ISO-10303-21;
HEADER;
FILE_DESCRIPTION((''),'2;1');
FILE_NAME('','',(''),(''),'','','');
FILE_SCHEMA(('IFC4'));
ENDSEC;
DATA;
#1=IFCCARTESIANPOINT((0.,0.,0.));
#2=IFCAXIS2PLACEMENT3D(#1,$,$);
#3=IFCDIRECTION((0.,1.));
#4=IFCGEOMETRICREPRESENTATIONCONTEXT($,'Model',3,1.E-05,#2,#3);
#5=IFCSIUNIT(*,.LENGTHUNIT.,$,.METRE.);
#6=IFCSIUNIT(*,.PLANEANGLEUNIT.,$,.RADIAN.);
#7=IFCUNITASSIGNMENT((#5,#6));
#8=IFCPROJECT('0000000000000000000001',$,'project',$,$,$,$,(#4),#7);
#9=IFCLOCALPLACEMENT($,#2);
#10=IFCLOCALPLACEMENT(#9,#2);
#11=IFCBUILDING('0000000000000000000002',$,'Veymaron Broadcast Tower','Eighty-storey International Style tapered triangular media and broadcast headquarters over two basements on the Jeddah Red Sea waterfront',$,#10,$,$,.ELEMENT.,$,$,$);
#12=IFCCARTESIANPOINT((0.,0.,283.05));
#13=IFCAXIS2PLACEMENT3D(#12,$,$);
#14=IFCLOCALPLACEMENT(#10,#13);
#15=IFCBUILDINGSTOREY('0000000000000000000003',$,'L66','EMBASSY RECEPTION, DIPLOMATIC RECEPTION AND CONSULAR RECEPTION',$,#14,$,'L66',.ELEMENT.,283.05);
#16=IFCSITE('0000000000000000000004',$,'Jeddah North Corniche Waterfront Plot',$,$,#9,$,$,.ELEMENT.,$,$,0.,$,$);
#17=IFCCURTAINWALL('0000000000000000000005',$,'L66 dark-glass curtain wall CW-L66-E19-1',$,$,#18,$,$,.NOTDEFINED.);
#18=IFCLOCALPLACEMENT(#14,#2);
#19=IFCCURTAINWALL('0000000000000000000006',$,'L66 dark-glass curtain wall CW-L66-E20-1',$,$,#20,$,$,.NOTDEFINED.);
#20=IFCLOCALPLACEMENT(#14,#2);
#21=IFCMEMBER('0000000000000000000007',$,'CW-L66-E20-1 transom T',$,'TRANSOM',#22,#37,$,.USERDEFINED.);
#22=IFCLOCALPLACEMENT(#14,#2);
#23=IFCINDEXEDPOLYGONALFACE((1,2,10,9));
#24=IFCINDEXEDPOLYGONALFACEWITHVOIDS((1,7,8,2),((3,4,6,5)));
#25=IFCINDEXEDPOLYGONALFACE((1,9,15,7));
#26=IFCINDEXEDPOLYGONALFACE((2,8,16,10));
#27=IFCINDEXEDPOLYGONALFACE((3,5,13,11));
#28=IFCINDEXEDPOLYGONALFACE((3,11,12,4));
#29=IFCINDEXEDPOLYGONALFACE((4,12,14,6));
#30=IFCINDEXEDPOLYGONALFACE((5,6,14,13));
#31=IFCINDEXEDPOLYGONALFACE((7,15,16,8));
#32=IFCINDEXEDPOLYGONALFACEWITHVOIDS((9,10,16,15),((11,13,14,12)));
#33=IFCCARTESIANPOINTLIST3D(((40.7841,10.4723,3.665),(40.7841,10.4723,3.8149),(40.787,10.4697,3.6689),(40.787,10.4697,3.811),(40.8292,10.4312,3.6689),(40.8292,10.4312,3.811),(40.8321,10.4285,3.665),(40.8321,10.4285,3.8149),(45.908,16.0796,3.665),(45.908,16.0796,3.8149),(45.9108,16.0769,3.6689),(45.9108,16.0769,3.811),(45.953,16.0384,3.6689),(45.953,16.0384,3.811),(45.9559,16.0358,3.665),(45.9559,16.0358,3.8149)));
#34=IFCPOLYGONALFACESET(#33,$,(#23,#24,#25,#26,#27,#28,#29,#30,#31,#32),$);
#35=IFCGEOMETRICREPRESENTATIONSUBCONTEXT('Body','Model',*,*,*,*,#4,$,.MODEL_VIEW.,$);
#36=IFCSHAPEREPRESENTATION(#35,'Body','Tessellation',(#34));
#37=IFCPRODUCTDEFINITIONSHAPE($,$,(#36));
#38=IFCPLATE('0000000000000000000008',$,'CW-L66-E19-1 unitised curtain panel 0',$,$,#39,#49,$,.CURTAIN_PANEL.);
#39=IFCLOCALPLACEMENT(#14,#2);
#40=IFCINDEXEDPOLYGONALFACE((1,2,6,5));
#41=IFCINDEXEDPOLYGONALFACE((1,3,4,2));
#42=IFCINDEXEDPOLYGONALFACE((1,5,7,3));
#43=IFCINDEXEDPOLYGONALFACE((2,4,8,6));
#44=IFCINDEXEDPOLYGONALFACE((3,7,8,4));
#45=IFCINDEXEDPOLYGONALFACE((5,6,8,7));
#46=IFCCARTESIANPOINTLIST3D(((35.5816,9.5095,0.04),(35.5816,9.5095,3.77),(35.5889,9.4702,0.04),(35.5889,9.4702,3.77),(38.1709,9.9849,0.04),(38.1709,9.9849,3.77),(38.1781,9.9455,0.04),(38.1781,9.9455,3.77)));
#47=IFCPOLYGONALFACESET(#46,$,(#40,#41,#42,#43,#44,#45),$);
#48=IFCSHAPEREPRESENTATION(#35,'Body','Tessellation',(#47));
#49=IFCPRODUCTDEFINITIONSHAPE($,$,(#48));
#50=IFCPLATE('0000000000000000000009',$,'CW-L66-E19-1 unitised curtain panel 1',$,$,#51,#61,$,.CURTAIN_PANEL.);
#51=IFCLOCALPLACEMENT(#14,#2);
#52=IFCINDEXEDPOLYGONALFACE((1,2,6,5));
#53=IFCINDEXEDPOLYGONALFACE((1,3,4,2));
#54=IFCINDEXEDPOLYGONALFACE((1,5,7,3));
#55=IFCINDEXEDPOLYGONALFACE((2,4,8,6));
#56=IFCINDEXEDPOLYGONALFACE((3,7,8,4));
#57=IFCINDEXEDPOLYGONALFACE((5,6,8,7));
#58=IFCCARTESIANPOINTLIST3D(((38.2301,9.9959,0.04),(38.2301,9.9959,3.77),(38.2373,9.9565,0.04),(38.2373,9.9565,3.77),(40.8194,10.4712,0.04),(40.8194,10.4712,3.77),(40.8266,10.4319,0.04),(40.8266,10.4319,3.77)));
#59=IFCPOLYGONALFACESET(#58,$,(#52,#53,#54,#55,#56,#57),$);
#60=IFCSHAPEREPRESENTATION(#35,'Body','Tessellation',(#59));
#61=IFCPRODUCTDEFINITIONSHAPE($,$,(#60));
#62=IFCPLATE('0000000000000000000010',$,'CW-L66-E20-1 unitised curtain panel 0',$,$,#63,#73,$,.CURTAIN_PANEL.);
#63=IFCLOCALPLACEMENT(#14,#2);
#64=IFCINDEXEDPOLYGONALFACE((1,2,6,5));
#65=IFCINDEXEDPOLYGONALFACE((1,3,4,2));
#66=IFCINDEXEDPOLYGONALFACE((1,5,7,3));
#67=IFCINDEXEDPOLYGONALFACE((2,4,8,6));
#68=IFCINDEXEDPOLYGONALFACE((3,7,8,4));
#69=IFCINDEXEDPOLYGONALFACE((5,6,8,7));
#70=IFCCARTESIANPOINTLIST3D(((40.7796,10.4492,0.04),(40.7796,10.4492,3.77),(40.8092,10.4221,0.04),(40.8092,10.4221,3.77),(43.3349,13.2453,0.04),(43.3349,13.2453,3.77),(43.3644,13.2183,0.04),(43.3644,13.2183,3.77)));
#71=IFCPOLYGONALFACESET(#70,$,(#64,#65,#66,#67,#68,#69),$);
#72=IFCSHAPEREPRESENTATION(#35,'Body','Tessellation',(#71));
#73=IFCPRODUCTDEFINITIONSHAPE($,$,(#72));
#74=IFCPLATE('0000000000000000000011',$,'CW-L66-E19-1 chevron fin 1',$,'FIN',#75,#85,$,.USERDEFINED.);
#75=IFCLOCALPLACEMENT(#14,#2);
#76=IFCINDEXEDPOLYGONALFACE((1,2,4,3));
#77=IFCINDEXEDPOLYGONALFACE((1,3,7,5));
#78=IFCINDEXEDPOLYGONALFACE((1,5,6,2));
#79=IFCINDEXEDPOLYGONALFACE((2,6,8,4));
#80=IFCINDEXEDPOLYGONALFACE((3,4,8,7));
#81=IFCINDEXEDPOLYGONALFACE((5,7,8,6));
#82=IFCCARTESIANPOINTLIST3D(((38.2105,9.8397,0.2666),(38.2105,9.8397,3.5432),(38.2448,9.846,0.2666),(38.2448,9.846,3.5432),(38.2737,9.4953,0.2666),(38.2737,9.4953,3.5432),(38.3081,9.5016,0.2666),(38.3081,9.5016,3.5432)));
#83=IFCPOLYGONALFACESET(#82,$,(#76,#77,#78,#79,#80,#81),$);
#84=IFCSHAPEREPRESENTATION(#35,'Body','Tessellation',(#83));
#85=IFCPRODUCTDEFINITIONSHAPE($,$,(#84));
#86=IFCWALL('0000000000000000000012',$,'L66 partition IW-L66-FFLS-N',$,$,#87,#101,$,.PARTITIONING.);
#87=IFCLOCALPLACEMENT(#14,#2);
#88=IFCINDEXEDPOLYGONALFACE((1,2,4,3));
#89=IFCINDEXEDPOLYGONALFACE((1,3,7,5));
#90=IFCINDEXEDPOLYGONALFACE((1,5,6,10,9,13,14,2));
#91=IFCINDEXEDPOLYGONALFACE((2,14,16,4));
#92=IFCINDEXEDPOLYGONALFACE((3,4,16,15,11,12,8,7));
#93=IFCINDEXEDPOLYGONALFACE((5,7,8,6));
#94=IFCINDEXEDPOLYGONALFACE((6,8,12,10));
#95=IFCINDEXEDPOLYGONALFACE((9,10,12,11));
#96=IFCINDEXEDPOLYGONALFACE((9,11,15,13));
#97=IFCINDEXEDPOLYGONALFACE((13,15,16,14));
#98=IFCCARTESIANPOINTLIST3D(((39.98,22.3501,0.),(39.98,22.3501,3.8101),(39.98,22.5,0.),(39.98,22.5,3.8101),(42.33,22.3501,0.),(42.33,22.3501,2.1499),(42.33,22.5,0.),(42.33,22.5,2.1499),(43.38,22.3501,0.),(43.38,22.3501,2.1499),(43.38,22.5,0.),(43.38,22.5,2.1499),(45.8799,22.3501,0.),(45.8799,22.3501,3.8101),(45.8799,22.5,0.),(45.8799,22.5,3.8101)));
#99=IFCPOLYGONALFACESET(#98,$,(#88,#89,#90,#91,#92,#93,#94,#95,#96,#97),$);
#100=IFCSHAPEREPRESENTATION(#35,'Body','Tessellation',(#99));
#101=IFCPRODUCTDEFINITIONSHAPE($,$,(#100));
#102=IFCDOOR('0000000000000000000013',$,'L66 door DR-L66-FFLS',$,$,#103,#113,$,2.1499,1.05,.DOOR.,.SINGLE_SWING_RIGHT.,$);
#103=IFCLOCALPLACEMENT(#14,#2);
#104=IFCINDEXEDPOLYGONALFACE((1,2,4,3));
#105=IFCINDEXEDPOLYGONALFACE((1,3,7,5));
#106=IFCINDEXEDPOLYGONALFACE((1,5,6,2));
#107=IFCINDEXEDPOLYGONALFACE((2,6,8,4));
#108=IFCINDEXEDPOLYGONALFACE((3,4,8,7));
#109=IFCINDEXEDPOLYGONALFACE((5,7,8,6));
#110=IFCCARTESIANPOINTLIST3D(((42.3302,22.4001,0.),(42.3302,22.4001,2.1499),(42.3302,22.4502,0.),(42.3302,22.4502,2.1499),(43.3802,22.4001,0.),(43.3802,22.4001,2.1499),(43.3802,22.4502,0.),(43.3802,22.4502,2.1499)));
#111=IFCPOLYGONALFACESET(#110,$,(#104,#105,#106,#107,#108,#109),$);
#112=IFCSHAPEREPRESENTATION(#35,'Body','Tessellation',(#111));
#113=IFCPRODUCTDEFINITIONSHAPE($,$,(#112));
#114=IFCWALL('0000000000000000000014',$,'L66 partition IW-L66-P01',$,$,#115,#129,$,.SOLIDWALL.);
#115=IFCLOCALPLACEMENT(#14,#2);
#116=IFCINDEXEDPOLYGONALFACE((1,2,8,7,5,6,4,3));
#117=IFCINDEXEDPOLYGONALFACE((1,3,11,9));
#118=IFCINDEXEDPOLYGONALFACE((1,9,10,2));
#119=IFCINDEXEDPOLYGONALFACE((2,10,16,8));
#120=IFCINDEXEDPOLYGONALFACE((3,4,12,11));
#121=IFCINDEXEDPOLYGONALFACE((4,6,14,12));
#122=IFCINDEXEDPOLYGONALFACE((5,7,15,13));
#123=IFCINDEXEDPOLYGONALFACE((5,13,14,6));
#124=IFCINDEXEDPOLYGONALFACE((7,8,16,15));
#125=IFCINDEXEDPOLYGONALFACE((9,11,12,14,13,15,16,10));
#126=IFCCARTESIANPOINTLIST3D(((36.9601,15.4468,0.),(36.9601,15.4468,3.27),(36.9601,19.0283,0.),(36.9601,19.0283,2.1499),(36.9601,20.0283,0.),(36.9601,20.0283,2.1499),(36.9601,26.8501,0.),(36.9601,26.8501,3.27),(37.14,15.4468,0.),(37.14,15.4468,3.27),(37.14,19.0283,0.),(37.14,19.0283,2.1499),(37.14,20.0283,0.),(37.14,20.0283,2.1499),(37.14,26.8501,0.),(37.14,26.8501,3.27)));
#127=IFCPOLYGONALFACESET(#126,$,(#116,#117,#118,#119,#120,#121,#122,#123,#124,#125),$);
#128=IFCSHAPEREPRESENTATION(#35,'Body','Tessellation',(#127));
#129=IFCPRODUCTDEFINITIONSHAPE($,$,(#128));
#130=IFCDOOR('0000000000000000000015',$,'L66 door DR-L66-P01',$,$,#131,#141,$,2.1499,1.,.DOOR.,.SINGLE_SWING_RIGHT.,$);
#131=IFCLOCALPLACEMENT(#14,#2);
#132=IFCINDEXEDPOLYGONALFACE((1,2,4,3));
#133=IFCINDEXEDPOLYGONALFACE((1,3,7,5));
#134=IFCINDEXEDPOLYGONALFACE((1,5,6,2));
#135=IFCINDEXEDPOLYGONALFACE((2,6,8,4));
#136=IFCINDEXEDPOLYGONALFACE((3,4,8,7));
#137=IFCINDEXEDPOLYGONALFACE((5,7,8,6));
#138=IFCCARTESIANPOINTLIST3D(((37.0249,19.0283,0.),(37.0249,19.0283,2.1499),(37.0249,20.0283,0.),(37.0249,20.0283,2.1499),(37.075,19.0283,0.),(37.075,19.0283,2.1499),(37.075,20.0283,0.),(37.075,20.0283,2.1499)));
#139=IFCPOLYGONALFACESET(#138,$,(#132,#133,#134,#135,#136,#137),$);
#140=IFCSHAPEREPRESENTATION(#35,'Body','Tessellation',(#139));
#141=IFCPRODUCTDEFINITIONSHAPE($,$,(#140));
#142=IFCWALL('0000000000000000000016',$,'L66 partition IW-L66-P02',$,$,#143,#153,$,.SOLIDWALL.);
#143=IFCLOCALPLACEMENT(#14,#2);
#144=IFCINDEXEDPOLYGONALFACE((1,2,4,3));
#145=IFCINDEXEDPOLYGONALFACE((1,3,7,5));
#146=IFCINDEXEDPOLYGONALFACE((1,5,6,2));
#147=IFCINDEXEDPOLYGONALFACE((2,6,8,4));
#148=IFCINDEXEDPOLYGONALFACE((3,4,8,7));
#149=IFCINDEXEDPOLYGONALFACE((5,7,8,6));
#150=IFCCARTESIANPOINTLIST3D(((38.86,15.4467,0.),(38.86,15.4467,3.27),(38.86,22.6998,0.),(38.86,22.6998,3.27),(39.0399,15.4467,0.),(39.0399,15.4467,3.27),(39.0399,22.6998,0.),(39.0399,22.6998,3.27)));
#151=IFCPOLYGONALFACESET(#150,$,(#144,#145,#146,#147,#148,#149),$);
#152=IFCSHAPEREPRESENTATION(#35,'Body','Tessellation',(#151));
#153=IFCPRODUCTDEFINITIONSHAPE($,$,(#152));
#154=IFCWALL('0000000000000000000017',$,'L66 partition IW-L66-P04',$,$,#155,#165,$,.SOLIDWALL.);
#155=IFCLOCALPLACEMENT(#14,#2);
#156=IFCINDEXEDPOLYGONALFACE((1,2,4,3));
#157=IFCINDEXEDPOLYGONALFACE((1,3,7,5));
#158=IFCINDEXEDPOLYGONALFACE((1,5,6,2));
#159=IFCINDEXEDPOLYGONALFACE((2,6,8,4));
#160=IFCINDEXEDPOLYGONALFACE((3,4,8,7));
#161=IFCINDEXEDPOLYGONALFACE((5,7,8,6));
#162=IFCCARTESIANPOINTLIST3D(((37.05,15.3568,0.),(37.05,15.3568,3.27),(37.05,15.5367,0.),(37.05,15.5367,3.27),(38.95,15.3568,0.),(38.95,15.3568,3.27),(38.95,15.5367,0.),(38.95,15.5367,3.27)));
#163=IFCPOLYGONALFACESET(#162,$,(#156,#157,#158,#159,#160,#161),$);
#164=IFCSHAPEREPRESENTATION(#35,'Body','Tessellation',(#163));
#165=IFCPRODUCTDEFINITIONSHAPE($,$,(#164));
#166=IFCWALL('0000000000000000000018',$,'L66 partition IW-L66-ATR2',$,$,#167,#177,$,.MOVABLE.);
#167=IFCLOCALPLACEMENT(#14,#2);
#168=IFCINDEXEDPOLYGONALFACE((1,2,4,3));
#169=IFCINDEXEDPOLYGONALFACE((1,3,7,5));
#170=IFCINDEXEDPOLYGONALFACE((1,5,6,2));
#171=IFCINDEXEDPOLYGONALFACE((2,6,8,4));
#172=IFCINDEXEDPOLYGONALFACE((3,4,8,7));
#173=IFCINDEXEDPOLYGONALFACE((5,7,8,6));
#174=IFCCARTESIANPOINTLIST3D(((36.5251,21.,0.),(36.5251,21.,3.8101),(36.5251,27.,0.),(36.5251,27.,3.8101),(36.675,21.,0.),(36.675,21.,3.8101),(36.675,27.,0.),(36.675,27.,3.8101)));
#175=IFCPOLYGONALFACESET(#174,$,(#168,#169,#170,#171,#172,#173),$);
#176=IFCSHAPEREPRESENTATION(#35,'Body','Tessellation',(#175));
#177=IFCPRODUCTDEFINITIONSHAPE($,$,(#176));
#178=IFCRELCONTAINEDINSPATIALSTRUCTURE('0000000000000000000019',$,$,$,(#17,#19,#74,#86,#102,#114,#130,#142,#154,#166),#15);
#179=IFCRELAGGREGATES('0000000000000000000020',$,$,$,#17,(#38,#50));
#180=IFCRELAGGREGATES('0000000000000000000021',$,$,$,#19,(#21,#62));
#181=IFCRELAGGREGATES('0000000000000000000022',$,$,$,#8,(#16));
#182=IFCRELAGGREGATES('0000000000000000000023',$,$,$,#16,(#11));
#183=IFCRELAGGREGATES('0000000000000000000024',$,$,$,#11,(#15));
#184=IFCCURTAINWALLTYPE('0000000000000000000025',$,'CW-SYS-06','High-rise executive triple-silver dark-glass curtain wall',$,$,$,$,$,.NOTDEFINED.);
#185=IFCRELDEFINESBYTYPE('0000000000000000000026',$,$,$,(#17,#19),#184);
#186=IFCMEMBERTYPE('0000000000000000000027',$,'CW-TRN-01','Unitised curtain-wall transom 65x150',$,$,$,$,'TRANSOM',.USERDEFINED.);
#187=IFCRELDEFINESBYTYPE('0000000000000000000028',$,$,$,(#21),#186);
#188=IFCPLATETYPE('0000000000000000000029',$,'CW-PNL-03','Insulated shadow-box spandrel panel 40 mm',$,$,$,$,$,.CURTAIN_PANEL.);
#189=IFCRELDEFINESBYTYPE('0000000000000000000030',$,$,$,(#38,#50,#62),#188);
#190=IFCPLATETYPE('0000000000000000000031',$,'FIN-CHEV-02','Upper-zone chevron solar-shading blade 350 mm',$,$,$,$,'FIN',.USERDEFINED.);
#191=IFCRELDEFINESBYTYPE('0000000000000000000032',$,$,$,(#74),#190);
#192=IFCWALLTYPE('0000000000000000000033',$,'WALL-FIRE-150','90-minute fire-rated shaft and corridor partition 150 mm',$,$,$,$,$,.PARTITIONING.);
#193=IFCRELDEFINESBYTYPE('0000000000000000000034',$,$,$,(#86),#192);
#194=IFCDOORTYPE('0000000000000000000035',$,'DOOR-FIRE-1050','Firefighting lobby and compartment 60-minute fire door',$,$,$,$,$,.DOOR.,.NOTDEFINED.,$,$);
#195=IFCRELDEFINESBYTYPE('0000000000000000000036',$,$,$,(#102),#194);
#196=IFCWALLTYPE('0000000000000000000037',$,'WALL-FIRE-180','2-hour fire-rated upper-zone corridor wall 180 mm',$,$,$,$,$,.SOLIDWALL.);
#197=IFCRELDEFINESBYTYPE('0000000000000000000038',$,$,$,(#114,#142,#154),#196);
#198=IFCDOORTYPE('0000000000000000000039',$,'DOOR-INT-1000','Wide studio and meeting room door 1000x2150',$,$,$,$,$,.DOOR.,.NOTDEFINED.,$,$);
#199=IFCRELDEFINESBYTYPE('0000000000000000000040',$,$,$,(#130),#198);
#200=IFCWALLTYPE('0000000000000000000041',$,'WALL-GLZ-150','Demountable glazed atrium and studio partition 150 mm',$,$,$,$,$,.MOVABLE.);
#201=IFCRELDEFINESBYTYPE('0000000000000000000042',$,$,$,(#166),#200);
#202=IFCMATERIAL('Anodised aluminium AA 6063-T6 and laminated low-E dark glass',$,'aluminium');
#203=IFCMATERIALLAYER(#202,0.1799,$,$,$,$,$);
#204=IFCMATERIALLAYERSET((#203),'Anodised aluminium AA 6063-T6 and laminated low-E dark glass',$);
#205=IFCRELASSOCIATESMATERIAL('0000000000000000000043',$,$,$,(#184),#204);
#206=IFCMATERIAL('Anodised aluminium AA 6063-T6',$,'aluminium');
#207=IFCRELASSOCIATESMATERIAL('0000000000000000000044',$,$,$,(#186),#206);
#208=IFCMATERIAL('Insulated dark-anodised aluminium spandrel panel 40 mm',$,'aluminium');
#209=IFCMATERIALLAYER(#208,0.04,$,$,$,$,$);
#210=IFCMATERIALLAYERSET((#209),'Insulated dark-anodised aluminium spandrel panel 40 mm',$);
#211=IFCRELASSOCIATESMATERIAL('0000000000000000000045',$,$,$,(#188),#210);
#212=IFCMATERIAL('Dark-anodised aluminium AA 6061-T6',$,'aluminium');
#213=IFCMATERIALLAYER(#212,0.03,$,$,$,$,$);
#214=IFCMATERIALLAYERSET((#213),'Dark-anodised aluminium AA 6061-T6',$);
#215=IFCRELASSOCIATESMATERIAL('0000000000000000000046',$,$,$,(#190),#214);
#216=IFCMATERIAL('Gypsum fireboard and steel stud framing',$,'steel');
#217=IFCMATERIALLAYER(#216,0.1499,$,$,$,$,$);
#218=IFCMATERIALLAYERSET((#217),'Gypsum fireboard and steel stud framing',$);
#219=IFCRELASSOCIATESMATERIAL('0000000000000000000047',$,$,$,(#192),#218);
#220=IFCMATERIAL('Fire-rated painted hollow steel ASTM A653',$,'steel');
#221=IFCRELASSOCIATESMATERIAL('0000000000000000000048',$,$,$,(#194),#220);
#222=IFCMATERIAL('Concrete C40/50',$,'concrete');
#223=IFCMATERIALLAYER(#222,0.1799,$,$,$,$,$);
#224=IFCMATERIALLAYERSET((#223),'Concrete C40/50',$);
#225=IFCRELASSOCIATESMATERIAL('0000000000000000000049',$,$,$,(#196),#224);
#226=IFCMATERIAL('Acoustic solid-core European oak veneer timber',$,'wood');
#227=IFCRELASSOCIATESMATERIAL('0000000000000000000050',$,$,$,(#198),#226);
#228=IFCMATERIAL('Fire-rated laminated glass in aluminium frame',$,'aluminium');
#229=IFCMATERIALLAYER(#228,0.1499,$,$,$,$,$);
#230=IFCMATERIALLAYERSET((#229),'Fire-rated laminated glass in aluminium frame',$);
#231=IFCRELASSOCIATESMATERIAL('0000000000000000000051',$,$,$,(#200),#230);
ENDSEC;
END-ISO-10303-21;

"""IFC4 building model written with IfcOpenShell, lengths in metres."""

from ifc_helpers import new_model, si_unit, direction, frame, frame_2d, origin, origin_2d, place, context, subcontext, project, spatial, rectangle, hollow_rectangle, extrude, material, layer, layer_set, material_profile, profile_set, type_object, element, fill, aggregate, save


model = new_model("IFC4")

# Units and contexts
model_context = context("Model", 3, precision=1e-05, world=origin(), true_north=direction((0.0, 1.0)))
body_context = subcontext(model_context, "Body", "Model", "MODEL_VIEW")
ifc_project = project(units=[si_unit("LENGTHUNIT", "METRE"), si_unit("PLANEANGLEUNIT", "RADIAN")], contexts=[model_context])

# Site, building, storey
site_placement = place(None, origin())
site = spatial("IfcSite", under=ifc_project, at=site_placement, Name="Jeddah North Corniche Waterfront Plot", CompositionType="ELEMENT", RefElevation=0.0)
building_placement = place(site_placement, origin())
building = spatial("IfcBuilding", under=site, at=building_placement, Name="Veymaron Broadcast Tower", Description="Eighty-storey International Style tapered triangular media and broadcast headquarters over two basements on the Jeddah Red Sea waterfront", CompositionType="ELEMENT")
storey_placement = place(building_placement, frame((0.0, 0.0, 283.05)))
storey = spatial("IfcBuildingStorey", under=building, at=storey_placement, Name="L66", Description="EMBASSY RECEPTION, DIPLOMATIC RECEPTION AND CONSULAR RECEPTION", LongName="L66", CompositionType="ELEMENT", Elevation=283.05)

# Curtain walls, member
ifc_material_1 = material(Name="Anodised aluminium AA 6063-T6 and laminated low-E dark glass", Category="aluminium")
ifc_layer_1 = layer(ifc_material_1, 0.1799)
ifc_layer_set_1 = layer_set([ifc_layer_1], Name="Anodised aluminium AA 6063-T6 and laminated low-E dark glass")
curtain_wall_type = type_object("IfcCurtainWallType", Name="CW-SYS-06", Description="High-rise executive triple-silver dark-glass curtain wall", PredefinedType="NOTDEFINED", material=ifc_layer_set_1)
curtain_wall_1_placement = place(storey_placement, origin())
curtain_wall_1 = element("IfcCurtainWall", 1, at=curtain_wall_1_placement, inside=storey, type_object=curtain_wall_type, Name="L66 dark-glass curtain wall CW-L66-E19-1", PredefinedType="NOTDEFINED")
ifc_material_2 = material(Name="Anodised aluminium AA 6063-T6", Category="aluminium")
curtain_wall_2_placement = place(storey_placement, origin())
curtain_wall_2 = element("IfcCurtainWall", 2, at=curtain_wall_2_placement, inside=storey, type_object=curtain_wall_type, Name="L66 dark-glass curtain wall CW-L66-E20-1", PredefinedType="NOTDEFINED")
ifc_material_profile_1 = material_profile(ifc_material_2, hollow_rectangle(XDim=0.0649, YDim=0.1499, WallThickness=0.0039, at=origin_2d()), Name="AL150X65X4")
ifc_profile_set_1 = profile_set([ifc_material_profile_1], Name="Anodised aluminium AA 6063-T6")
member_type_1 = type_object("IfcMemberType", Name="CW-TRN-01", Description="Unitised curtain-wall transom 65x150", ElementType="TRANSOM", PredefinedType="USERDEFINED", material=ifc_profile_set_1)
member_1_placement = place(storey_placement, frame((40.8081, 10.4504, 3.74), z_axis=(0.67457, 0.738211, 0.0), x_axis=(-0.738211, 0.67457, 0.0)))
member_1 = element("IfcMember", 3, at=member_1_placement, type_object=member_type_1, Name="CW-L66-E20-1 transom T", ObjectType="TRANSOM", PredefinedType="USERDEFINED", context=body_context, shape_type="SweptSolid", body=[
    extrude(hollow_rectangle(XDim=0.0649, YDim=0.1499, WallThickness=0.0039, at=origin_2d()), origin(), (0.0, 0.0, 1.0), 7.5957),
])

# Plates
ifc_material_3 = material(Name="Insulated dark-anodised aluminium spandrel panel 40 mm", Category="aluminium")
ifc_layer_2 = layer(ifc_material_3, 0.04)
ifc_layer_set_2 = layer_set([ifc_layer_2], Name="Insulated dark-anodised aluminium spandrel panel 40 mm")
plate_type_1 = type_object("IfcPlateType", Name="CW-PNL-03", Description="Insulated shadow-box spandrel panel 40 mm", PredefinedType="CURTAIN_PANEL", material=ifc_layer_set_2)
plate_1_placement = place(storey_placement, frame((36.8799, 9.7275, 0.04), z_axis=(0.0, 0.0, 1.0), x_axis=(0.983562, 0.180571, 0.0)))
plate_1 = element("IfcPlate", 4, at=plate_1_placement, type_object=plate_type_1, Name="CW-L66-E19-1 unitised curtain panel 0", PredefinedType="CURTAIN_PANEL", context=body_context, shape_type="SweptSolid", body=[
    extrude(rectangle(XDim=2.6326, YDim=0.04, at=origin_2d()), origin(), (0.0, 0.0, 1.0), 3.73),
])
plate_2_placement = place(storey_placement, frame((39.5283, 10.2139, 0.04), z_axis=(0.0, 0.0, 1.0), x_axis=(0.983562, 0.180571, 0.0)))
plate_2 = element("IfcPlate", 5, at=plate_2_placement, type_object=plate_type_1, Name="CW-L66-E19-1 unitised curtain panel 1", PredefinedType="CURTAIN_PANEL", context=body_context, shape_type="SweptSolid", body=[
    extrude(rectangle(XDim=2.6326, YDim=0.04, at=origin_2d()), origin(), (0.0, 0.0, 1.0), 3.73),
])
aggregate(curtain_wall_1, [plate_1, plate_2])
plate_3_placement = place(storey_placement, frame((42.072, 11.8337, 0.04), z_axis=(0.0, 0.0, 1.0), x_axis=(0.674586, 0.738196, 0.0)))
plate_3 = element("IfcPlate", 6, at=plate_3_placement, type_object=plate_type_1, Name="CW-L66-E20-1 unitised curtain panel 0", PredefinedType="CURTAIN_PANEL", context=body_context, shape_type="SweptSolid", body=[
    extrude(rectangle(XDim=3.7878, YDim=0.04, at=origin_2d()), origin(), (0.0, 0.0, 1.0), 3.73),
])
aggregate(curtain_wall_2, [member_1, plate_3])
ifc_material_4 = material(Name="Dark-anodised aluminium AA 6061-T6", Category="aluminium")
ifc_layer_3 = layer(ifc_material_4, 0.03)
ifc_layer_set_3 = layer_set([ifc_layer_3], Name="Dark-anodised aluminium AA 6061-T6")
plate_type_2 = type_object("IfcPlateType", Name="FIN-CHEV-02", Description="Upper-zone chevron solar-shading blade 350 mm", ElementType="FIN", PredefinedType="USERDEFINED", material=ifc_layer_set_3)
plate_4_placement = place(storey_placement, frame((38.2593, 9.6707, 0.2666), z_axis=(0.0, 0.0, 1.0), x_axis=(0.180571, -0.983562, 0.0)))
element("IfcPlate", 7, at=plate_4_placement, inside=storey, type_object=plate_type_2, Name="CW-L66-E19-1 chevron fin 1", ObjectType="FIN", PredefinedType="USERDEFINED", context=body_context, shape_type="SweptSolid", body=[
    extrude(rectangle(XDim=0.3501, YDim=0.0349, at=origin_2d()), origin(), (0.0, 0.0, 1.0), 3.2766),
])

# Walls, openings, doors
ifc_material_5 = material(Name="Gypsum fireboard and steel stud framing", Category="steel")
ifc_layer_4 = layer(ifc_material_5, 0.1499)
ifc_layer_set_4 = layer_set([ifc_layer_4], Name="Gypsum fireboard and steel stud framing")
wall_type_1 = type_object("IfcWallType", Name="WALL-FIRE-150", Description="90-minute fire-rated shaft and corridor partition 150 mm", PredefinedType="PARTITIONING", material=ifc_layer_set_4)
wall_1_placement = place(storey_placement, frame((39.98, 22.425, 0.0), z_axis=(0.0, 0.0, 1.0), x_axis=(1.0, 0.0, 0.0)))
wall_1 = element("IfcWall", 8, at=wall_1_placement, inside=storey, type_object=wall_type_1, Name="L66 partition IW-L66-FFLS-N", PredefinedType="PARTITIONING", context=body_context, shape_type="SweptSolid", body=[
    extrude(rectangle(XDim=5.8999, YDim=0.1499, at=frame_2d((2.95, 0.0))), origin(), (0.0, 0.0, 1.0), 3.8101),
])
opening_1_placement = place(wall_1_placement, frame((2.3501, 0.0, 0.0)))
opening_1 = element("IfcOpeningElement", 9, at=opening_1_placement, cuts=wall_1, PredefinedType="OPENING", context=body_context, shape_type="SweptSolid", body=[
    extrude(rectangle(XDim=1.05, YDim=2.1499, at=frame_2d((0.5249, 1.075))), frame((0.0, 0.085, 0.0), z_axis=(0.0, -1.0, 0.0), x_axis=(1.0, 0.0, 0.0)), (0.0, 0.0, 1.0), 0.1699),
])
ifc_material_6 = material(Name="Fire-rated painted hollow steel ASTM A653", Category="steel")
door_type_1 = type_object("IfcDoorType", Name="DOOR-FIRE-1050", Description="Firefighting lobby and compartment 60-minute fire door", OperationType="NOTDEFINED", PredefinedType="DOOR", material=ifc_material_6)
door_1_placement = place(opening_1_placement, frame((1.05, 0.0, 0.0), z_axis=(0.0, 0.0, 1.0), x_axis=(-1.0, 0.0, 0.0)))
door_1 = element("IfcDoor", 10, at=door_1_placement, inside=storey, type_object=door_type_1, Name="L66 door DR-L66-FFLS", OperationType="SINGLE_SWING_RIGHT", OverallHeight=2.1499, OverallWidth=1.05, PredefinedType="DOOR", context=body_context, shape_type="SweptSolid", body=[
    extrude(rectangle(XDim=1.05, YDim=2.1499, at=frame_2d((0.5249, 1.075))), frame((0.0, 0.0249, 0.0), z_axis=(0.0, -1.0, 0.0), x_axis=(1.0, 0.0, 0.0)), (0.0, 0.0, 1.0), 0.05),
])
fill(opening_1, door_1)
ifc_material_7 = material(Name="Concrete C40/50", Category="concrete")
ifc_layer_5 = layer(ifc_material_7, 0.1799)
ifc_layer_set_5 = layer_set([ifc_layer_5], Name="Concrete C40/50")
wall_type_2 = type_object("IfcWallType", Name="WALL-FIRE-180", Description="2-hour fire-rated upper-zone corridor wall 180 mm", PredefinedType="SOLIDWALL", material=ifc_layer_set_5)
wall_2_placement = place(storey_placement, frame((37.05, 15.4468, 0.0), z_axis=(0.0, 0.0, 1.0), x_axis=(0.0, 1.0, 0.0)))
wall_2 = element("IfcWall", 11, at=wall_2_placement, inside=storey, type_object=wall_type_2, Name="L66 partition IW-L66-P01", PredefinedType="SOLIDWALL", context=body_context, shape_type="SweptSolid", body=[
    extrude(rectangle(XDim=11.4033, YDim=0.1799, at=frame_2d((5.7017, 0.0))), origin(), (0.0, 0.0, 1.0), 3.27),
])
opening_2_placement = place(wall_2_placement, frame((3.5815, 0.0, 0.0)))
opening_2 = element("IfcOpeningElement", 12, at=opening_2_placement, cuts=wall_2, PredefinedType="OPENING", context=body_context, shape_type="SweptSolid", body=[
    extrude(rectangle(XDim=1.0, YDim=2.1499, at=frame_2d((0.5, 1.075))), frame((0.0, 0.1001, 0.0), z_axis=(0.0, -1.0, 0.0), x_axis=(1.0, 0.0, 0.0)), (0.0, 0.0, 1.0), 0.2),
])
ifc_material_8 = material(Name="Acoustic solid-core European oak veneer timber", Category="wood")
door_type_2 = type_object("IfcDoorType", Name="DOOR-INT-1000", Description="Wide studio and meeting room door 1000x2150", OperationType="NOTDEFINED", PredefinedType="DOOR", material=ifc_material_8)
door_2_placement = place(opening_2_placement, frame((1.0, 0.0, 0.0), z_axis=(0.0, 0.0, 1.0), x_axis=(-1.0, 0.0, 0.0)))
door_2 = element("IfcDoor", 13, at=door_2_placement, inside=storey, type_object=door_type_2, Name="L66 door DR-L66-P01", OperationType="SINGLE_SWING_RIGHT", OverallHeight=2.1499, OverallWidth=1.0, PredefinedType="DOOR", context=body_context, shape_type="SweptSolid", body=[
    extrude(rectangle(XDim=1.0, YDim=2.1499, at=frame_2d((0.5, 1.075))), frame((0.0, 0.0249, 0.0), z_axis=(0.0, -1.0, 0.0), x_axis=(1.0, 0.0, 0.0)), (0.0, 0.0, 1.0), 0.05),
])
fill(opening_2, door_2)

# Walls
wall_3_placement = place(storey_placement, frame((38.95, 15.4468, 0.0), z_axis=(0.0, 0.0, 1.0), x_axis=(0.0, 1.0, 0.0)))
element("IfcWall", 14, at=wall_3_placement, inside=storey, type_object=wall_type_2, Name="L66 partition IW-L66-P02", PredefinedType="SOLIDWALL", context=body_context, shape_type="SweptSolid", body=[
    extrude(rectangle(XDim=7.2532, YDim=0.1799, at=frame_2d((3.6265, 0.0))), origin(), (0.0, 0.0, 1.0), 3.27),
])
wall_4_placement = place(storey_placement, frame((37.05, 15.4468, 0.0), z_axis=(0.0, 0.0, 1.0), x_axis=(1.0, 0.0, 0.0)))
element("IfcWall", 15, at=wall_4_placement, inside=storey, type_object=wall_type_2, Name="L66 partition IW-L66-P04", PredefinedType="SOLIDWALL", context=body_context, shape_type="SweptSolid", body=[
    extrude(rectangle(XDim=1.8999, YDim=0.1799, at=frame_2d((0.95, 0.0))), origin(), (0.0, 0.0, 1.0), 3.27),
])
ifc_material_9 = material(Name="Fire-rated laminated glass in aluminium frame", Category="aluminium")
ifc_layer_6 = layer(ifc_material_9, 0.1499)
ifc_layer_set_6 = layer_set([ifc_layer_6], Name="Fire-rated laminated glass in aluminium frame")
wall_type_3 = type_object("IfcWallType", Name="WALL-GLZ-150", Description="Demountable glazed atrium and studio partition 150 mm", PredefinedType="MOVABLE", material=ifc_layer_set_6)
wall_5_placement = place(storey_placement, frame((36.6001, 21.0, 0.0), z_axis=(0.0, 0.0, 1.0), x_axis=(0.0, 1.0, 0.0)))
element("IfcWall", 16, at=wall_5_placement, inside=storey, type_object=wall_type_3, Name="L66 partition IW-L66-ATR2", PredefinedType="MOVABLE", context=body_context, shape_type="SweptSolid", body=[
    extrude(rectangle(XDim=6.0, YDim=0.1499, at=frame_2d((3.0, 0.0))), origin(), (0.0, 0.0, 1.0), 3.8101),
])

save(model, "model.ifc")
